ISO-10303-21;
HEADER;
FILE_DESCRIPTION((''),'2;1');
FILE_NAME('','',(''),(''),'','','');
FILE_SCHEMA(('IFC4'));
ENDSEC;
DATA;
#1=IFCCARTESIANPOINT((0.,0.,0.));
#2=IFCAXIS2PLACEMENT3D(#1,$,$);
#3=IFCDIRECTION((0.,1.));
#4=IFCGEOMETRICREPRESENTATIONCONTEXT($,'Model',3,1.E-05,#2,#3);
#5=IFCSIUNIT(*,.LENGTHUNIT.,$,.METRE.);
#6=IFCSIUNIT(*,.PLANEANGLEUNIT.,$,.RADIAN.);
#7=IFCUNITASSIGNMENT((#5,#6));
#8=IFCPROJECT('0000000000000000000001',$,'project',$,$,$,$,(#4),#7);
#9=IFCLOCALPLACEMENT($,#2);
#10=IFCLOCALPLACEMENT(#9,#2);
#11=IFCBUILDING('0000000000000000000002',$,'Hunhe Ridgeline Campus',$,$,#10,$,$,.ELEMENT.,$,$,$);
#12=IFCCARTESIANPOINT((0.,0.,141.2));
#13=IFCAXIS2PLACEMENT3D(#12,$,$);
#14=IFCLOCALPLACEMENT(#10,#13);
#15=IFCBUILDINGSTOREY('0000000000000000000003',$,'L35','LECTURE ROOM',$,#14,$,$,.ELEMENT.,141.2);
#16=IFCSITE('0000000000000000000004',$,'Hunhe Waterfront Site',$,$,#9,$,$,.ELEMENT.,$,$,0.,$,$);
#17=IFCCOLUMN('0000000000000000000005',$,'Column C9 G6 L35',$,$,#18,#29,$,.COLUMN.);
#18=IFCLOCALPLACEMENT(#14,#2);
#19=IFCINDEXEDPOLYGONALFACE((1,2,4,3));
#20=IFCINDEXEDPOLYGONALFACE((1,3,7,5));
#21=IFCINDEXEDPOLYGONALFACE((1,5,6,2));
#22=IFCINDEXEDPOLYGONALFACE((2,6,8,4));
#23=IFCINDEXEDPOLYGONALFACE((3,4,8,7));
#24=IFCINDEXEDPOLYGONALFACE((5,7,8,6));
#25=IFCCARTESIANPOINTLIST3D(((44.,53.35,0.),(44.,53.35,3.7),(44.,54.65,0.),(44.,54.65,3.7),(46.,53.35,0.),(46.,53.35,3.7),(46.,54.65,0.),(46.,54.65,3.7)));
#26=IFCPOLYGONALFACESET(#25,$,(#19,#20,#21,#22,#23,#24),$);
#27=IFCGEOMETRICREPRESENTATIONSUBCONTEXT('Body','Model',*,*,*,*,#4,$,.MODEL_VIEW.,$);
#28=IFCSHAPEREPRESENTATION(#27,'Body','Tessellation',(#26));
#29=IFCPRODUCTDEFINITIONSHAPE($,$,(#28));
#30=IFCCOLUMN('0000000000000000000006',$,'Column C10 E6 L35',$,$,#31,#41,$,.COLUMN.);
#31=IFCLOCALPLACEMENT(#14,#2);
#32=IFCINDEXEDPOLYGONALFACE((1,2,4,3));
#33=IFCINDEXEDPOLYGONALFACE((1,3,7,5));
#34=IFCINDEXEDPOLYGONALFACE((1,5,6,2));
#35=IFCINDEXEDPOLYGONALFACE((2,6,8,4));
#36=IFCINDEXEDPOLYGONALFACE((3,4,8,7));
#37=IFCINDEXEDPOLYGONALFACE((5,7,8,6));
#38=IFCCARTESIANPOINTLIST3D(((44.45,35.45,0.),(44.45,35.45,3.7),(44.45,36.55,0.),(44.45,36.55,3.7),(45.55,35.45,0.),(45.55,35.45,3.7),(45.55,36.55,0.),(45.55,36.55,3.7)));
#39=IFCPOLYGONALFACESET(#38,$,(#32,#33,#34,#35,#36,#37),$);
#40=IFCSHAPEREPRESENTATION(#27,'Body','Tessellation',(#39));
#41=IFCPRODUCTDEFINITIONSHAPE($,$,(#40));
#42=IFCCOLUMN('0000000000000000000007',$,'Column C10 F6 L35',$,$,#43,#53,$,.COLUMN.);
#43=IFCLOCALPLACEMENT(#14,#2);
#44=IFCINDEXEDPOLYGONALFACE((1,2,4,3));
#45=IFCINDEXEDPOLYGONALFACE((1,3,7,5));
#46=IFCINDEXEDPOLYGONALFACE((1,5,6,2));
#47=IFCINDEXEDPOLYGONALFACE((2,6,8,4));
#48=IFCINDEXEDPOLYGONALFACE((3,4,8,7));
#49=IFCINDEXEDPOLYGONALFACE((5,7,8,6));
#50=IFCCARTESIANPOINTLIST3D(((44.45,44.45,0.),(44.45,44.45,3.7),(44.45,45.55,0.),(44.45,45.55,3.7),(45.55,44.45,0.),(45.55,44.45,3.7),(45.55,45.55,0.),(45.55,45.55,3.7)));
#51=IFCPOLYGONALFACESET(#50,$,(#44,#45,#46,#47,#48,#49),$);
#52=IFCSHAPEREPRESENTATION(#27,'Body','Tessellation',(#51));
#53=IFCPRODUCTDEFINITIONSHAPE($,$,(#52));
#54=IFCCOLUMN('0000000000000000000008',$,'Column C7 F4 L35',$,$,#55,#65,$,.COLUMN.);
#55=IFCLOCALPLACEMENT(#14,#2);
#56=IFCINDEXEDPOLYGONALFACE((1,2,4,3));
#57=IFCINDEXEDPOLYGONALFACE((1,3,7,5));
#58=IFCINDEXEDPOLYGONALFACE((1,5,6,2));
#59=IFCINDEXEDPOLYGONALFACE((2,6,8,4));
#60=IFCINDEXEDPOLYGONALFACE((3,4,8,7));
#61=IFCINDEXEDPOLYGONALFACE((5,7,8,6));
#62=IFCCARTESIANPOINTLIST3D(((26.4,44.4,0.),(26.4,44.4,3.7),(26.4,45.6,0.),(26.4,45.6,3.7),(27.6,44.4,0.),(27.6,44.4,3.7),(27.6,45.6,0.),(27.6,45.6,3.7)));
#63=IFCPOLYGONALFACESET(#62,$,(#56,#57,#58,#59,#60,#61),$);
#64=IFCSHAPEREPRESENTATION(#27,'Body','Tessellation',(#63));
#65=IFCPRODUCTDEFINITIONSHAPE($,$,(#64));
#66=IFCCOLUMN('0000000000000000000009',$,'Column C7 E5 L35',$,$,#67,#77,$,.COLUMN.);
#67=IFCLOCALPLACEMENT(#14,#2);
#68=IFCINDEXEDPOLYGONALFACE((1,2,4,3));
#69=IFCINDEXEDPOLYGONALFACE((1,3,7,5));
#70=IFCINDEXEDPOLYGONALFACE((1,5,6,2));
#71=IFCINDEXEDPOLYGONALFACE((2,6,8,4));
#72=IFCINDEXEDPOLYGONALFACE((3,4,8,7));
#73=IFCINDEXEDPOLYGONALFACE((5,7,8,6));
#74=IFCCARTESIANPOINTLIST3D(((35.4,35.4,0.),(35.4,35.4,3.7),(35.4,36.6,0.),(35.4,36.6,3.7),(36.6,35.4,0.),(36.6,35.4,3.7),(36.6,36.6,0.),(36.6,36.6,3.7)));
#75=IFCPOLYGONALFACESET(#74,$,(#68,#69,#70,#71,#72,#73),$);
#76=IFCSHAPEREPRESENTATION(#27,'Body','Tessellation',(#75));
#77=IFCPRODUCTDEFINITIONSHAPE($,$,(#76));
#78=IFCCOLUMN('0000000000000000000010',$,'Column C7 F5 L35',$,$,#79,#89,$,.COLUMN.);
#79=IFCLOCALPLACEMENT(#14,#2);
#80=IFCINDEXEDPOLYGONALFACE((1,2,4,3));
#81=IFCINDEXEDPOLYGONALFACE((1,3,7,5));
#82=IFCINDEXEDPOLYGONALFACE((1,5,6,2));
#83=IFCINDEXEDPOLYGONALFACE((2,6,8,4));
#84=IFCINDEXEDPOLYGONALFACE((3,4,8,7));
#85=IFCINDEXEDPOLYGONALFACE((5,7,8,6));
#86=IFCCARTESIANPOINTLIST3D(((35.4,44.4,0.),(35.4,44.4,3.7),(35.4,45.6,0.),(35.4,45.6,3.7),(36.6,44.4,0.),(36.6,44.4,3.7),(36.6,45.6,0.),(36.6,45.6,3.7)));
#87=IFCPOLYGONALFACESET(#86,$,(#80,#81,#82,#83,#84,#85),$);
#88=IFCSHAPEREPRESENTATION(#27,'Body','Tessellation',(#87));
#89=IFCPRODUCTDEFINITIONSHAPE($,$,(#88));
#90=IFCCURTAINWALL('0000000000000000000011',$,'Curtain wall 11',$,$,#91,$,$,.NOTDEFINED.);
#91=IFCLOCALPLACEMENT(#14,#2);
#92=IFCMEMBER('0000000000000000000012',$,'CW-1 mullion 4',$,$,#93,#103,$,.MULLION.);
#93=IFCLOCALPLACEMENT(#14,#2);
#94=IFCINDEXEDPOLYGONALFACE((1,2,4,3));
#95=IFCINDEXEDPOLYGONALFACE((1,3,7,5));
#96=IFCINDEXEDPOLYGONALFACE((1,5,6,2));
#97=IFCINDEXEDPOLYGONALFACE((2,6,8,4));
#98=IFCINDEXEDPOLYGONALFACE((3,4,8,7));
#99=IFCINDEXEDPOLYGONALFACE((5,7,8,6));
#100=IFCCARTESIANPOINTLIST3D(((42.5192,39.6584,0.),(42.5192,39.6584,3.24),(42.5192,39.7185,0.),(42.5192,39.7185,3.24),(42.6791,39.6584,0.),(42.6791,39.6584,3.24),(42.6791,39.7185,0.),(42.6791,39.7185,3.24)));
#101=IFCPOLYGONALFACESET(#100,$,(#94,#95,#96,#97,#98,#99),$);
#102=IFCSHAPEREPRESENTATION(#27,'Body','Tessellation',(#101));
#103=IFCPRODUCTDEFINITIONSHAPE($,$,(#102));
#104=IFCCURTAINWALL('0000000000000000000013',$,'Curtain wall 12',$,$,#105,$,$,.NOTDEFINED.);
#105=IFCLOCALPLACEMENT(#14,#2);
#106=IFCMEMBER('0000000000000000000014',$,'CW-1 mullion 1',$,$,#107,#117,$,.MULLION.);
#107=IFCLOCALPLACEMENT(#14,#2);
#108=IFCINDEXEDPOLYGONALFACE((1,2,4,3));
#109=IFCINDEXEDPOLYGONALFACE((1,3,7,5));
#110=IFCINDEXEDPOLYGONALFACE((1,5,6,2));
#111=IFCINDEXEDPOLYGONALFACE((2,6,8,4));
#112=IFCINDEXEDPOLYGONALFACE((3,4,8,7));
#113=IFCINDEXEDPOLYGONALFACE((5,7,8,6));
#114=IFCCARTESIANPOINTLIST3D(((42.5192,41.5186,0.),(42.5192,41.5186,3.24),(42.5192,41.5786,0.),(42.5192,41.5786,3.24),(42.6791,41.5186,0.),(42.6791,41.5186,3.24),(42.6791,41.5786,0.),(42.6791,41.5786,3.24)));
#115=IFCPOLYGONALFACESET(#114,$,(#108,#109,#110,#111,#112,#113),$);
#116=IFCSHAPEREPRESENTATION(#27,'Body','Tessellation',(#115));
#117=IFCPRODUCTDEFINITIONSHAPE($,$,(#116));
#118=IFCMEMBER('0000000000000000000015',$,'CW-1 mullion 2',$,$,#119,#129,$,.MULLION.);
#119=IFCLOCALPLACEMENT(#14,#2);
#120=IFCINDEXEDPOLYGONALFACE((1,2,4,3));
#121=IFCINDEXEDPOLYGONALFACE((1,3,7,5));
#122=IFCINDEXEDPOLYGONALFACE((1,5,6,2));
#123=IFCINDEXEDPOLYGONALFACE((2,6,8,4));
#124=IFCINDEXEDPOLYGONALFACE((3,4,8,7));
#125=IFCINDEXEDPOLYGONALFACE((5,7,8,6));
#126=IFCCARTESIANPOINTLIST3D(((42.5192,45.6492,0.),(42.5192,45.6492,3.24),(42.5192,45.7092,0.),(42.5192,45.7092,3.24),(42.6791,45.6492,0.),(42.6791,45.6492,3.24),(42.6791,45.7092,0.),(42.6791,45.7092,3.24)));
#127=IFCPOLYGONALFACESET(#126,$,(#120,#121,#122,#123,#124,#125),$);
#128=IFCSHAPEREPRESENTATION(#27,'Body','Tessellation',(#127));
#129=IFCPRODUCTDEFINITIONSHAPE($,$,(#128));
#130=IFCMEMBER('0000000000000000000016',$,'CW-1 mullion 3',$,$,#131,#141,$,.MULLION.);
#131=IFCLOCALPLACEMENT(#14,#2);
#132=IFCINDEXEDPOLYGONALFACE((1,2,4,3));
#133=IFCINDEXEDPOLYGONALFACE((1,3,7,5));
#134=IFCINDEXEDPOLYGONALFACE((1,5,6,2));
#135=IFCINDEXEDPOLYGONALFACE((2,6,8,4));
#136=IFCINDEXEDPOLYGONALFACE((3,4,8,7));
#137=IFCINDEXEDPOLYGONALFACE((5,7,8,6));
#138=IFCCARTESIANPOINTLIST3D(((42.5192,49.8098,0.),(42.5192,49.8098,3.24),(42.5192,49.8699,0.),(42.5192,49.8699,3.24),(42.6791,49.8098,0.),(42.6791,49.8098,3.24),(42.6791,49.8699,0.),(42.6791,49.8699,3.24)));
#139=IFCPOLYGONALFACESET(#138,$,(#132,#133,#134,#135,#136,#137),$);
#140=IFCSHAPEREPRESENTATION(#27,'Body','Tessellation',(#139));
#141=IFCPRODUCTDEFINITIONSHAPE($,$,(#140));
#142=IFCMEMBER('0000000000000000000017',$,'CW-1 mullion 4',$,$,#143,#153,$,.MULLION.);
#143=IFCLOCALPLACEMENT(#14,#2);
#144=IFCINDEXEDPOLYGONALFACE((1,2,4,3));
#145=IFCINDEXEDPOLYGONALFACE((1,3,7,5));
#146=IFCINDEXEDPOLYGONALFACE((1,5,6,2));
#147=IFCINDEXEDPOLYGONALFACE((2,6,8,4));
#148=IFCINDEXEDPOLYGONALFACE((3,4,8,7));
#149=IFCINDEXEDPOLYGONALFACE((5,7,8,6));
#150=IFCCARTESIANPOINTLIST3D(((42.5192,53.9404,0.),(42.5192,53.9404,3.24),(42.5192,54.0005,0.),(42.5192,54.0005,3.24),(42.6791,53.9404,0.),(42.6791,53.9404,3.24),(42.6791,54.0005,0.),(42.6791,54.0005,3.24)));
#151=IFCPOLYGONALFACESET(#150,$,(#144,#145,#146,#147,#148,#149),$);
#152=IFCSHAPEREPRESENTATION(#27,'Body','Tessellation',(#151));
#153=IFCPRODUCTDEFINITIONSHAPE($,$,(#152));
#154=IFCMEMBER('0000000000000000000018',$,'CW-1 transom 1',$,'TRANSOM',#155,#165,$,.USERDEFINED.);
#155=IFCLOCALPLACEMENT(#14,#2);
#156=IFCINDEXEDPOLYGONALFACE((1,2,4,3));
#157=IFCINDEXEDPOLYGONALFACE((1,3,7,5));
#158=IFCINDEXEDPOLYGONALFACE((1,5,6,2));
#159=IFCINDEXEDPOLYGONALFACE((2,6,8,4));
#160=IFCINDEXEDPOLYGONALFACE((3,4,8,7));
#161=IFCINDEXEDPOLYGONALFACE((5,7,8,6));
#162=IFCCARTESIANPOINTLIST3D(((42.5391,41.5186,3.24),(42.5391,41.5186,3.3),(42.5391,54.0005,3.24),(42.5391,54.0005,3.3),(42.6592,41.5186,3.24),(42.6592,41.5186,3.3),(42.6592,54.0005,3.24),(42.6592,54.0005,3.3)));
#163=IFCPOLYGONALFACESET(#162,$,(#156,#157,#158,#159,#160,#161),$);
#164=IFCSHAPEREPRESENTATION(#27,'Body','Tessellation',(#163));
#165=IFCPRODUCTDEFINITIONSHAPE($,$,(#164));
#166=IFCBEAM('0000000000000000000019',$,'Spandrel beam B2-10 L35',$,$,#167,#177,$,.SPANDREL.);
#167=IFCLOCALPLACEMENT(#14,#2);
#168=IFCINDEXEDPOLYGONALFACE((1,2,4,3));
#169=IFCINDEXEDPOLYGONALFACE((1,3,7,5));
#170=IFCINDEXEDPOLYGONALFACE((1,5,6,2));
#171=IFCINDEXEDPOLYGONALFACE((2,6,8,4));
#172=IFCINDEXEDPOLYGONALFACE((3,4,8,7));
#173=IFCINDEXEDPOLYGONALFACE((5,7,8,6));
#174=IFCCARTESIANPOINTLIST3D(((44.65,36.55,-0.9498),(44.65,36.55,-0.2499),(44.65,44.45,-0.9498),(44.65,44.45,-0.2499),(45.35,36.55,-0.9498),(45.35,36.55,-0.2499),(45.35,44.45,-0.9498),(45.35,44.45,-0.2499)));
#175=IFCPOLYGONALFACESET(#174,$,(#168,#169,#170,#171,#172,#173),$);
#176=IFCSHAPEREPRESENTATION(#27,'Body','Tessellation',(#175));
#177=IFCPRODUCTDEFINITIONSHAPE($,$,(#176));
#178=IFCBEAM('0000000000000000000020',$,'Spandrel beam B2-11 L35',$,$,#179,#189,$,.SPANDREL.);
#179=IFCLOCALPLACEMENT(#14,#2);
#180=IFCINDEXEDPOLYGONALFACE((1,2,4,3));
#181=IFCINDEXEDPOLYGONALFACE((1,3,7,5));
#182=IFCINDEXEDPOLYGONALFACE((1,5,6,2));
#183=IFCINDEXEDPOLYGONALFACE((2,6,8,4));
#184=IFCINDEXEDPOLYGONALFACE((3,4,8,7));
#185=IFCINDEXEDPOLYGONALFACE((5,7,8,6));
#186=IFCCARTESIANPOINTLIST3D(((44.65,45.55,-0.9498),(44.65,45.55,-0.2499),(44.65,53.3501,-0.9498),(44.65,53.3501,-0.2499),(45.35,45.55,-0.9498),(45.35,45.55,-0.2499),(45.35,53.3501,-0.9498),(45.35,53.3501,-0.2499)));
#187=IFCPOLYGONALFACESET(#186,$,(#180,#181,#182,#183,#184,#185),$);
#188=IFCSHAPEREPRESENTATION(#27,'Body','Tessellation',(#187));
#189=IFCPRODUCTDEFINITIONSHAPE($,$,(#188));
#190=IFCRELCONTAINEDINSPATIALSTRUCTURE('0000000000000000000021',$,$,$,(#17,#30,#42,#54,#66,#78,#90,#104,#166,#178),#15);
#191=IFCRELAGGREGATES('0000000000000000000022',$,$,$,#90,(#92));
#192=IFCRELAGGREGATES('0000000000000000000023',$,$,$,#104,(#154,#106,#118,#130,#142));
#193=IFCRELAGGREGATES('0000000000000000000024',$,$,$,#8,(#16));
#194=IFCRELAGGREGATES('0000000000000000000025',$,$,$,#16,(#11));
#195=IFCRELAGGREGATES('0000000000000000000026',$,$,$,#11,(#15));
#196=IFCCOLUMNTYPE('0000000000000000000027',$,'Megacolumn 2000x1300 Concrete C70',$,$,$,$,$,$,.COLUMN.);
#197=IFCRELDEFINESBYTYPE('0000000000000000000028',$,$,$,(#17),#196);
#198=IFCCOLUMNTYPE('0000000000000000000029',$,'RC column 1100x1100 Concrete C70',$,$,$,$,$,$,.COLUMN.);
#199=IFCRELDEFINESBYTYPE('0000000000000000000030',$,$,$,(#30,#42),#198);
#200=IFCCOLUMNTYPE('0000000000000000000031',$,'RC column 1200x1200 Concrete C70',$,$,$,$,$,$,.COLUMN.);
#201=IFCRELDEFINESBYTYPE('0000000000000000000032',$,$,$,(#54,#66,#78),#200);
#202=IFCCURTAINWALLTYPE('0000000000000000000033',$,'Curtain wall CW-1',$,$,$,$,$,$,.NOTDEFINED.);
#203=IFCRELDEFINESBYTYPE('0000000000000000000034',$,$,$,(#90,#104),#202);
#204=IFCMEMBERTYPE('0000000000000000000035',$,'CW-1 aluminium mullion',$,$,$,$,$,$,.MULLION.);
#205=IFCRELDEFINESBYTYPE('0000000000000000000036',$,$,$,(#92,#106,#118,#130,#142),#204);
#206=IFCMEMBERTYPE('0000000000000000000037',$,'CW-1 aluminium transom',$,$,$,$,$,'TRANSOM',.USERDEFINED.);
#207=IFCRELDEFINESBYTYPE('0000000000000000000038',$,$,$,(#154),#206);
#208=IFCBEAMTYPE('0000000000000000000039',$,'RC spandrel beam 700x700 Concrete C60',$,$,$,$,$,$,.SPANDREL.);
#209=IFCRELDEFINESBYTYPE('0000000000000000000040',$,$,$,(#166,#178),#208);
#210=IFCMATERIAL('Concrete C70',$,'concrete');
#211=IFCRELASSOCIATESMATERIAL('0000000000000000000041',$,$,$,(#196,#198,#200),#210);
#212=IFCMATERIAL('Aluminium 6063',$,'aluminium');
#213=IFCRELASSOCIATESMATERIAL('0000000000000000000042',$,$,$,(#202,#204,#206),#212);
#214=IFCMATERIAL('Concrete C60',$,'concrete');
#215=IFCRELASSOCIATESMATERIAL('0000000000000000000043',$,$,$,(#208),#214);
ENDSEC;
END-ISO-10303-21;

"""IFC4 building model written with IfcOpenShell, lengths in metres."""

from ifc_helpers import new_model, si_unit, direction, frame, origin, origin_2d, place, context, subcontext, project, spatial, rectangle, extrude, material, material_profile, profile_set, type_object, element, aggregate, save


model = new_model("IFC4")

# Units and contexts
model_context = context("Model", 3, precision=1e-05, world=origin(), true_north=direction((0.0, 1.0)))
body_context = subcontext(model_context, "Body", "Model", "MODEL_VIEW")
ifc_project = project(units=[si_unit("LENGTHUNIT", "METRE"), si_unit("PLANEANGLEUNIT", "RADIAN")], contexts=[model_context])

# Site, building, storey
site_placement = place(None, origin())
site = spatial("IfcSite", under=ifc_project, at=site_placement, Name="Hunhe Waterfront Site", CompositionType="ELEMENT", RefElevation=0.0)
building_placement = place(site_placement, origin())
building = spatial("IfcBuilding", under=site, at=building_placement, Name="Hunhe Ridgeline Campus", CompositionType="ELEMENT")
storey_placement = place(building_placement, frame((0.0, 0.0, 141.2)))
storey = spatial("IfcBuildingStorey", under=building, at=storey_placement, Name="L35", Description="LECTURE ROOM", CompositionType="ELEMENT", Elevation=141.2)

# Columns
ifc_material_1 = material(Name="Concrete C70", Category="concrete")
ifc_material_profile_1 = material_profile(ifc_material_1, rectangle(XDim=2.0, YDim=1.3, at=origin_2d()))
ifc_profile_set_1 = profile_set([ifc_material_profile_1], Name="Concrete C70")
column_type_1 = type_object("IfcColumnType", Name="Megacolumn 2000x1300 Concrete C70", PredefinedType="COLUMN", material=ifc_profile_set_1)
column_placement = place(storey_placement, frame((45.0, 54.0, 0.0), z_axis=(0.0, 0.0, 1.0), x_axis=(1.0, 0.0, 0.0)))
element("IfcColumn", 1, at=column_placement, inside=storey, type_object=column_type_1, Name="Column C9 G6 L35", PredefinedType="COLUMN", context=body_context, shape_type="SweptSolid", body=[
    extrude(rectangle(XDim=2.0, YDim=1.3, at=origin_2d()), origin(), (0.0, 0.0, 1.0), 3.7),
])
ifc_material_profile_2 = material_profile(ifc_material_1, rectangle(XDim=1.1001, YDim=1.1001, at=origin_2d()))
ifc_profile_set_2 = profile_set([ifc_material_profile_2], Name="Concrete C70")
column_type_2 = type_object("IfcColumnType", Name="RC column 1100x1100 Concrete C70", PredefinedType="COLUMN", material=ifc_profile_set_2)
for number, where, z_axis, x_axis, name in (
    (2, (45.0, 36.0, 0.0), (0.0, 0.0, 1.0), (1.0, 0.0, 0.0), "Column C10 E6 L35"),
    (3, (45.0, 45.0, 0.0), (0.0, 0.0, 1.0), (1.0, 0.0, 0.0), "Column C10 F6 L35"),
):
    element("IfcColumn", number, at=place(storey_placement, frame(where, z_axis=z_axis, x_axis=x_axis)), inside=storey, type_object=column_type_2, Name=name, PredefinedType="COLUMN", context=body_context, shape_type="SweptSolid", body=[
        extrude(rectangle(XDim=1.1001, YDim=1.1001, at=origin_2d()), origin(), (0.0, 0.0, 1.0), 3.7),
    ])
ifc_material_profile_3 = material_profile(ifc_material_1, rectangle(XDim=1.2, YDim=1.2, at=origin_2d()))
ifc_profile_set_3 = profile_set([ifc_material_profile_3], Name="Concrete C70")
column_type_3 = type_object("IfcColumnType", Name="RC column 1200x1200 Concrete C70", PredefinedType="COLUMN", material=ifc_profile_set_3)
for number, where, z_axis, x_axis, name in (
    (4, (27.0, 45.0, 0.0), (0.0, 0.0, 1.0), (1.0, 0.0, 0.0), "Column C7 F4 L35"),
    (5, (36.0, 36.0, 0.0), (0.0, 0.0, 1.0), (1.0, 0.0, 0.0), "Column C7 E5 L35"),
    (6, (36.0, 45.0, 0.0), (0.0, 0.0, 1.0), (1.0, 0.0, 0.0), "Column C7 F5 L35"),
):
    element("IfcColumn", number, at=place(storey_placement, frame(where, z_axis=z_axis, x_axis=x_axis)), inside=storey, type_object=column_type_3, Name=name, PredefinedType="COLUMN", context=body_context, shape_type="SweptSolid", body=[
        extrude(rectangle(XDim=1.2, YDim=1.2, at=origin_2d()), origin(), (0.0, 0.0, 1.0), 3.7),
    ])

# Curtain wall, member
ifc_material_2 = material(Name="Aluminium 6063", Category="aluminium")
curtain_wall_type = type_object("IfcCurtainWallType", Name="Curtain wall CW-1", PredefinedType="NOTDEFINED", material=ifc_material_2)
curtain_wall_1_placement = place(storey_placement, origin())
curtain_wall_1 = element("IfcCurtainWall", 7, at=curtain_wall_1_placement, inside=storey, type_object=curtain_wall_type, Name="Curtain wall 11", PredefinedType="NOTDEFINED")
ifc_material_profile_4 = material_profile(ifc_material_2, rectangle(XDim=0.1599, YDim=0.0601, at=origin_2d()))
ifc_profile_set_4 = profile_set([ifc_material_profile_4], Name="Aluminium 6063")
member_type_1 = type_object("IfcMemberType", Name="CW-1 aluminium mullion", PredefinedType="MULLION", material=ifc_profile_set_4)
member_1_placement = place(storey_placement, frame((42.5991, 39.6885, 0.0), z_axis=(0.0, 0.0, 1.0), x_axis=(-1.0, 0.000004, 0.0)))
member_1 = element("IfcMember", 8, at=member_1_placement, type_object=member_type_1, Name="CW-1 mullion 4", PredefinedType="MULLION", context=body_context, shape_type="SweptSolid", body=[
    extrude(rectangle(XDim=0.1599, YDim=0.0601, at=origin_2d()), origin(), (0.0, 0.0, 1.0), 3.24),
])

# Curtain wall, members
curtain_wall_2_placement = place(storey_placement, origin())
curtain_wall_2 = element("IfcCurtainWall", 9, at=curtain_wall_2_placement, inside=storey, type_object=curtain_wall_type, Name="Curtain wall 12", PredefinedType="NOTDEFINED")
member_2_placement = place(storey_placement, frame((42.5991, 41.5486, 0.0), z_axis=(0.0, 0.0, 1.0), x_axis=(-1.0, 0.000004, 0.0)))
member_2 = element("IfcMember", 10, at=member_2_placement, type_object=member_type_1, Name="CW-1 mullion 1", PredefinedType="MULLION", context=body_context, shape_type="SweptSolid", body=[
    extrude(rectangle(XDim=0.1599, YDim=0.0601, at=origin_2d()), origin(), (0.0, 0.0, 1.0), 3.24),
])
member_3_placement = place(storey_placement, frame((42.5991, 45.6792, 0.0), z_axis=(0.0, 0.0, 1.0), x_axis=(-1.0, 0.000004, 0.0)))
member_3 = element("IfcMember", 11, at=member_3_placement, type_object=member_type_1, Name="CW-1 mullion 2", PredefinedType="MULLION", context=body_context, shape_type="SweptSolid", body=[
    extrude(rectangle(XDim=0.1599, YDim=0.0601, at=origin_2d()), origin(), (0.0, 0.0, 1.0), 3.24),
])
member_4_placement = place(storey_placement, frame((42.5991, 49.8398, 0.0), z_axis=(0.0, 0.0, 1.0), x_axis=(-1.0, 0.000004, 0.0)))
member_4 = element("IfcMember", 12, at=member_4_placement, type_object=member_type_1, Name="CW-1 mullion 3", PredefinedType="MULLION", context=body_context, shape_type="SweptSolid", body=[
    extrude(rectangle(XDim=0.1599, YDim=0.0601, at=origin_2d()), origin(), (0.0, 0.0, 1.0), 3.24),
])
member_5_placement = place(storey_placement, frame((42.5991, 53.9705, 0.0), z_axis=(0.0, 0.0, 1.0), x_axis=(-1.0, 0.000004, 0.0)))
member_5 = element("IfcMember", 13, at=member_5_placement, type_object=member_type_1, Name="CW-1 mullion 4", PredefinedType="MULLION", context=body_context, shape_type="SweptSolid", body=[
    extrude(rectangle(XDim=0.1599, YDim=0.0601, at=origin_2d()), origin(), (0.0, 0.0, 1.0), 3.24),
])
ifc_material_profile_5 = material_profile(ifc_material_2, rectangle(XDim=0.1201, YDim=0.0601, at=origin_2d()))
ifc_profile_set_5 = profile_set([ifc_material_profile_5], Name="Aluminium 6063")
member_type_2 = type_object("IfcMemberType", Name="CW-1 aluminium transom", ElementType="TRANSOM", PredefinedType="USERDEFINED", material=ifc_profile_set_5)
member_6_placement = place(storey_placement, frame((42.5991, 41.5186, 3.27), z_axis=(0.0, 1.0, 0.0), x_axis=(-1.0, 0.0, 0.0)))
member_6 = element("IfcMember", 14, at=member_6_placement, type_object=member_type_2, Name="CW-1 transom 1", ObjectType="TRANSOM", PredefinedType="USERDEFINED", context=body_context, shape_type="SweptSolid", body=[
    extrude(rectangle(XDim=0.1201, YDim=0.0601, at=origin_2d()), origin(), (0.0, 0.0, 1.0), 12.4819),
])

# Beams
ifc_material_3 = material(Name="Concrete C60", Category="concrete")
ifc_material_profile_6 = material_profile(ifc_material_3, rectangle(XDim=0.7, YDim=0.7, at=origin_2d()))
ifc_profile_set_6 = profile_set([ifc_material_profile_6], Name="Concrete C60")
beam_type = type_object("IfcBeamType", Name="RC spandrel beam 700x700 Concrete C60", PredefinedType="SPANDREL", material=ifc_profile_set_6)
beam_1_placement = place(storey_placement, frame((45.0, 36.55, -0.5999), z_axis=(0.0, 1.0, 0.0), x_axis=(-1.0, 0.0, 0.0)))
element("IfcBeam", 15, at=beam_1_placement, inside=storey, type_object=beam_type, Name="Spandrel beam B2-10 L35", PredefinedType="SPANDREL", context=body_context, shape_type="SweptSolid", body=[
    extrude(rectangle(XDim=0.7, YDim=0.7, at=origin_2d()), origin(), (0.0, 0.0, 1.0), 7.8999),
])
beam_2_placement = place(storey_placement, frame((45.0, 45.55, -0.5999), z_axis=(0.0, 1.0, 0.0), x_axis=(-1.0, 0.0, 0.0)))
element("IfcBeam", 16, at=beam_2_placement, inside=storey, type_object=beam_type, Name="Spandrel beam B2-11 L35", PredefinedType="SPANDREL", context=body_context, shape_type="SweptSolid", body=[
    extrude(rectangle(XDim=0.7, YDim=0.7, at=origin_2d()), origin(), (0.0, 0.0, 1.0), 7.8),
])

aggregate(curtain_wall_1, [member_1])
aggregate(curtain_wall_2, [member_6, member_2, member_3, member_4, member_5])

save(model, "model.ifc")
